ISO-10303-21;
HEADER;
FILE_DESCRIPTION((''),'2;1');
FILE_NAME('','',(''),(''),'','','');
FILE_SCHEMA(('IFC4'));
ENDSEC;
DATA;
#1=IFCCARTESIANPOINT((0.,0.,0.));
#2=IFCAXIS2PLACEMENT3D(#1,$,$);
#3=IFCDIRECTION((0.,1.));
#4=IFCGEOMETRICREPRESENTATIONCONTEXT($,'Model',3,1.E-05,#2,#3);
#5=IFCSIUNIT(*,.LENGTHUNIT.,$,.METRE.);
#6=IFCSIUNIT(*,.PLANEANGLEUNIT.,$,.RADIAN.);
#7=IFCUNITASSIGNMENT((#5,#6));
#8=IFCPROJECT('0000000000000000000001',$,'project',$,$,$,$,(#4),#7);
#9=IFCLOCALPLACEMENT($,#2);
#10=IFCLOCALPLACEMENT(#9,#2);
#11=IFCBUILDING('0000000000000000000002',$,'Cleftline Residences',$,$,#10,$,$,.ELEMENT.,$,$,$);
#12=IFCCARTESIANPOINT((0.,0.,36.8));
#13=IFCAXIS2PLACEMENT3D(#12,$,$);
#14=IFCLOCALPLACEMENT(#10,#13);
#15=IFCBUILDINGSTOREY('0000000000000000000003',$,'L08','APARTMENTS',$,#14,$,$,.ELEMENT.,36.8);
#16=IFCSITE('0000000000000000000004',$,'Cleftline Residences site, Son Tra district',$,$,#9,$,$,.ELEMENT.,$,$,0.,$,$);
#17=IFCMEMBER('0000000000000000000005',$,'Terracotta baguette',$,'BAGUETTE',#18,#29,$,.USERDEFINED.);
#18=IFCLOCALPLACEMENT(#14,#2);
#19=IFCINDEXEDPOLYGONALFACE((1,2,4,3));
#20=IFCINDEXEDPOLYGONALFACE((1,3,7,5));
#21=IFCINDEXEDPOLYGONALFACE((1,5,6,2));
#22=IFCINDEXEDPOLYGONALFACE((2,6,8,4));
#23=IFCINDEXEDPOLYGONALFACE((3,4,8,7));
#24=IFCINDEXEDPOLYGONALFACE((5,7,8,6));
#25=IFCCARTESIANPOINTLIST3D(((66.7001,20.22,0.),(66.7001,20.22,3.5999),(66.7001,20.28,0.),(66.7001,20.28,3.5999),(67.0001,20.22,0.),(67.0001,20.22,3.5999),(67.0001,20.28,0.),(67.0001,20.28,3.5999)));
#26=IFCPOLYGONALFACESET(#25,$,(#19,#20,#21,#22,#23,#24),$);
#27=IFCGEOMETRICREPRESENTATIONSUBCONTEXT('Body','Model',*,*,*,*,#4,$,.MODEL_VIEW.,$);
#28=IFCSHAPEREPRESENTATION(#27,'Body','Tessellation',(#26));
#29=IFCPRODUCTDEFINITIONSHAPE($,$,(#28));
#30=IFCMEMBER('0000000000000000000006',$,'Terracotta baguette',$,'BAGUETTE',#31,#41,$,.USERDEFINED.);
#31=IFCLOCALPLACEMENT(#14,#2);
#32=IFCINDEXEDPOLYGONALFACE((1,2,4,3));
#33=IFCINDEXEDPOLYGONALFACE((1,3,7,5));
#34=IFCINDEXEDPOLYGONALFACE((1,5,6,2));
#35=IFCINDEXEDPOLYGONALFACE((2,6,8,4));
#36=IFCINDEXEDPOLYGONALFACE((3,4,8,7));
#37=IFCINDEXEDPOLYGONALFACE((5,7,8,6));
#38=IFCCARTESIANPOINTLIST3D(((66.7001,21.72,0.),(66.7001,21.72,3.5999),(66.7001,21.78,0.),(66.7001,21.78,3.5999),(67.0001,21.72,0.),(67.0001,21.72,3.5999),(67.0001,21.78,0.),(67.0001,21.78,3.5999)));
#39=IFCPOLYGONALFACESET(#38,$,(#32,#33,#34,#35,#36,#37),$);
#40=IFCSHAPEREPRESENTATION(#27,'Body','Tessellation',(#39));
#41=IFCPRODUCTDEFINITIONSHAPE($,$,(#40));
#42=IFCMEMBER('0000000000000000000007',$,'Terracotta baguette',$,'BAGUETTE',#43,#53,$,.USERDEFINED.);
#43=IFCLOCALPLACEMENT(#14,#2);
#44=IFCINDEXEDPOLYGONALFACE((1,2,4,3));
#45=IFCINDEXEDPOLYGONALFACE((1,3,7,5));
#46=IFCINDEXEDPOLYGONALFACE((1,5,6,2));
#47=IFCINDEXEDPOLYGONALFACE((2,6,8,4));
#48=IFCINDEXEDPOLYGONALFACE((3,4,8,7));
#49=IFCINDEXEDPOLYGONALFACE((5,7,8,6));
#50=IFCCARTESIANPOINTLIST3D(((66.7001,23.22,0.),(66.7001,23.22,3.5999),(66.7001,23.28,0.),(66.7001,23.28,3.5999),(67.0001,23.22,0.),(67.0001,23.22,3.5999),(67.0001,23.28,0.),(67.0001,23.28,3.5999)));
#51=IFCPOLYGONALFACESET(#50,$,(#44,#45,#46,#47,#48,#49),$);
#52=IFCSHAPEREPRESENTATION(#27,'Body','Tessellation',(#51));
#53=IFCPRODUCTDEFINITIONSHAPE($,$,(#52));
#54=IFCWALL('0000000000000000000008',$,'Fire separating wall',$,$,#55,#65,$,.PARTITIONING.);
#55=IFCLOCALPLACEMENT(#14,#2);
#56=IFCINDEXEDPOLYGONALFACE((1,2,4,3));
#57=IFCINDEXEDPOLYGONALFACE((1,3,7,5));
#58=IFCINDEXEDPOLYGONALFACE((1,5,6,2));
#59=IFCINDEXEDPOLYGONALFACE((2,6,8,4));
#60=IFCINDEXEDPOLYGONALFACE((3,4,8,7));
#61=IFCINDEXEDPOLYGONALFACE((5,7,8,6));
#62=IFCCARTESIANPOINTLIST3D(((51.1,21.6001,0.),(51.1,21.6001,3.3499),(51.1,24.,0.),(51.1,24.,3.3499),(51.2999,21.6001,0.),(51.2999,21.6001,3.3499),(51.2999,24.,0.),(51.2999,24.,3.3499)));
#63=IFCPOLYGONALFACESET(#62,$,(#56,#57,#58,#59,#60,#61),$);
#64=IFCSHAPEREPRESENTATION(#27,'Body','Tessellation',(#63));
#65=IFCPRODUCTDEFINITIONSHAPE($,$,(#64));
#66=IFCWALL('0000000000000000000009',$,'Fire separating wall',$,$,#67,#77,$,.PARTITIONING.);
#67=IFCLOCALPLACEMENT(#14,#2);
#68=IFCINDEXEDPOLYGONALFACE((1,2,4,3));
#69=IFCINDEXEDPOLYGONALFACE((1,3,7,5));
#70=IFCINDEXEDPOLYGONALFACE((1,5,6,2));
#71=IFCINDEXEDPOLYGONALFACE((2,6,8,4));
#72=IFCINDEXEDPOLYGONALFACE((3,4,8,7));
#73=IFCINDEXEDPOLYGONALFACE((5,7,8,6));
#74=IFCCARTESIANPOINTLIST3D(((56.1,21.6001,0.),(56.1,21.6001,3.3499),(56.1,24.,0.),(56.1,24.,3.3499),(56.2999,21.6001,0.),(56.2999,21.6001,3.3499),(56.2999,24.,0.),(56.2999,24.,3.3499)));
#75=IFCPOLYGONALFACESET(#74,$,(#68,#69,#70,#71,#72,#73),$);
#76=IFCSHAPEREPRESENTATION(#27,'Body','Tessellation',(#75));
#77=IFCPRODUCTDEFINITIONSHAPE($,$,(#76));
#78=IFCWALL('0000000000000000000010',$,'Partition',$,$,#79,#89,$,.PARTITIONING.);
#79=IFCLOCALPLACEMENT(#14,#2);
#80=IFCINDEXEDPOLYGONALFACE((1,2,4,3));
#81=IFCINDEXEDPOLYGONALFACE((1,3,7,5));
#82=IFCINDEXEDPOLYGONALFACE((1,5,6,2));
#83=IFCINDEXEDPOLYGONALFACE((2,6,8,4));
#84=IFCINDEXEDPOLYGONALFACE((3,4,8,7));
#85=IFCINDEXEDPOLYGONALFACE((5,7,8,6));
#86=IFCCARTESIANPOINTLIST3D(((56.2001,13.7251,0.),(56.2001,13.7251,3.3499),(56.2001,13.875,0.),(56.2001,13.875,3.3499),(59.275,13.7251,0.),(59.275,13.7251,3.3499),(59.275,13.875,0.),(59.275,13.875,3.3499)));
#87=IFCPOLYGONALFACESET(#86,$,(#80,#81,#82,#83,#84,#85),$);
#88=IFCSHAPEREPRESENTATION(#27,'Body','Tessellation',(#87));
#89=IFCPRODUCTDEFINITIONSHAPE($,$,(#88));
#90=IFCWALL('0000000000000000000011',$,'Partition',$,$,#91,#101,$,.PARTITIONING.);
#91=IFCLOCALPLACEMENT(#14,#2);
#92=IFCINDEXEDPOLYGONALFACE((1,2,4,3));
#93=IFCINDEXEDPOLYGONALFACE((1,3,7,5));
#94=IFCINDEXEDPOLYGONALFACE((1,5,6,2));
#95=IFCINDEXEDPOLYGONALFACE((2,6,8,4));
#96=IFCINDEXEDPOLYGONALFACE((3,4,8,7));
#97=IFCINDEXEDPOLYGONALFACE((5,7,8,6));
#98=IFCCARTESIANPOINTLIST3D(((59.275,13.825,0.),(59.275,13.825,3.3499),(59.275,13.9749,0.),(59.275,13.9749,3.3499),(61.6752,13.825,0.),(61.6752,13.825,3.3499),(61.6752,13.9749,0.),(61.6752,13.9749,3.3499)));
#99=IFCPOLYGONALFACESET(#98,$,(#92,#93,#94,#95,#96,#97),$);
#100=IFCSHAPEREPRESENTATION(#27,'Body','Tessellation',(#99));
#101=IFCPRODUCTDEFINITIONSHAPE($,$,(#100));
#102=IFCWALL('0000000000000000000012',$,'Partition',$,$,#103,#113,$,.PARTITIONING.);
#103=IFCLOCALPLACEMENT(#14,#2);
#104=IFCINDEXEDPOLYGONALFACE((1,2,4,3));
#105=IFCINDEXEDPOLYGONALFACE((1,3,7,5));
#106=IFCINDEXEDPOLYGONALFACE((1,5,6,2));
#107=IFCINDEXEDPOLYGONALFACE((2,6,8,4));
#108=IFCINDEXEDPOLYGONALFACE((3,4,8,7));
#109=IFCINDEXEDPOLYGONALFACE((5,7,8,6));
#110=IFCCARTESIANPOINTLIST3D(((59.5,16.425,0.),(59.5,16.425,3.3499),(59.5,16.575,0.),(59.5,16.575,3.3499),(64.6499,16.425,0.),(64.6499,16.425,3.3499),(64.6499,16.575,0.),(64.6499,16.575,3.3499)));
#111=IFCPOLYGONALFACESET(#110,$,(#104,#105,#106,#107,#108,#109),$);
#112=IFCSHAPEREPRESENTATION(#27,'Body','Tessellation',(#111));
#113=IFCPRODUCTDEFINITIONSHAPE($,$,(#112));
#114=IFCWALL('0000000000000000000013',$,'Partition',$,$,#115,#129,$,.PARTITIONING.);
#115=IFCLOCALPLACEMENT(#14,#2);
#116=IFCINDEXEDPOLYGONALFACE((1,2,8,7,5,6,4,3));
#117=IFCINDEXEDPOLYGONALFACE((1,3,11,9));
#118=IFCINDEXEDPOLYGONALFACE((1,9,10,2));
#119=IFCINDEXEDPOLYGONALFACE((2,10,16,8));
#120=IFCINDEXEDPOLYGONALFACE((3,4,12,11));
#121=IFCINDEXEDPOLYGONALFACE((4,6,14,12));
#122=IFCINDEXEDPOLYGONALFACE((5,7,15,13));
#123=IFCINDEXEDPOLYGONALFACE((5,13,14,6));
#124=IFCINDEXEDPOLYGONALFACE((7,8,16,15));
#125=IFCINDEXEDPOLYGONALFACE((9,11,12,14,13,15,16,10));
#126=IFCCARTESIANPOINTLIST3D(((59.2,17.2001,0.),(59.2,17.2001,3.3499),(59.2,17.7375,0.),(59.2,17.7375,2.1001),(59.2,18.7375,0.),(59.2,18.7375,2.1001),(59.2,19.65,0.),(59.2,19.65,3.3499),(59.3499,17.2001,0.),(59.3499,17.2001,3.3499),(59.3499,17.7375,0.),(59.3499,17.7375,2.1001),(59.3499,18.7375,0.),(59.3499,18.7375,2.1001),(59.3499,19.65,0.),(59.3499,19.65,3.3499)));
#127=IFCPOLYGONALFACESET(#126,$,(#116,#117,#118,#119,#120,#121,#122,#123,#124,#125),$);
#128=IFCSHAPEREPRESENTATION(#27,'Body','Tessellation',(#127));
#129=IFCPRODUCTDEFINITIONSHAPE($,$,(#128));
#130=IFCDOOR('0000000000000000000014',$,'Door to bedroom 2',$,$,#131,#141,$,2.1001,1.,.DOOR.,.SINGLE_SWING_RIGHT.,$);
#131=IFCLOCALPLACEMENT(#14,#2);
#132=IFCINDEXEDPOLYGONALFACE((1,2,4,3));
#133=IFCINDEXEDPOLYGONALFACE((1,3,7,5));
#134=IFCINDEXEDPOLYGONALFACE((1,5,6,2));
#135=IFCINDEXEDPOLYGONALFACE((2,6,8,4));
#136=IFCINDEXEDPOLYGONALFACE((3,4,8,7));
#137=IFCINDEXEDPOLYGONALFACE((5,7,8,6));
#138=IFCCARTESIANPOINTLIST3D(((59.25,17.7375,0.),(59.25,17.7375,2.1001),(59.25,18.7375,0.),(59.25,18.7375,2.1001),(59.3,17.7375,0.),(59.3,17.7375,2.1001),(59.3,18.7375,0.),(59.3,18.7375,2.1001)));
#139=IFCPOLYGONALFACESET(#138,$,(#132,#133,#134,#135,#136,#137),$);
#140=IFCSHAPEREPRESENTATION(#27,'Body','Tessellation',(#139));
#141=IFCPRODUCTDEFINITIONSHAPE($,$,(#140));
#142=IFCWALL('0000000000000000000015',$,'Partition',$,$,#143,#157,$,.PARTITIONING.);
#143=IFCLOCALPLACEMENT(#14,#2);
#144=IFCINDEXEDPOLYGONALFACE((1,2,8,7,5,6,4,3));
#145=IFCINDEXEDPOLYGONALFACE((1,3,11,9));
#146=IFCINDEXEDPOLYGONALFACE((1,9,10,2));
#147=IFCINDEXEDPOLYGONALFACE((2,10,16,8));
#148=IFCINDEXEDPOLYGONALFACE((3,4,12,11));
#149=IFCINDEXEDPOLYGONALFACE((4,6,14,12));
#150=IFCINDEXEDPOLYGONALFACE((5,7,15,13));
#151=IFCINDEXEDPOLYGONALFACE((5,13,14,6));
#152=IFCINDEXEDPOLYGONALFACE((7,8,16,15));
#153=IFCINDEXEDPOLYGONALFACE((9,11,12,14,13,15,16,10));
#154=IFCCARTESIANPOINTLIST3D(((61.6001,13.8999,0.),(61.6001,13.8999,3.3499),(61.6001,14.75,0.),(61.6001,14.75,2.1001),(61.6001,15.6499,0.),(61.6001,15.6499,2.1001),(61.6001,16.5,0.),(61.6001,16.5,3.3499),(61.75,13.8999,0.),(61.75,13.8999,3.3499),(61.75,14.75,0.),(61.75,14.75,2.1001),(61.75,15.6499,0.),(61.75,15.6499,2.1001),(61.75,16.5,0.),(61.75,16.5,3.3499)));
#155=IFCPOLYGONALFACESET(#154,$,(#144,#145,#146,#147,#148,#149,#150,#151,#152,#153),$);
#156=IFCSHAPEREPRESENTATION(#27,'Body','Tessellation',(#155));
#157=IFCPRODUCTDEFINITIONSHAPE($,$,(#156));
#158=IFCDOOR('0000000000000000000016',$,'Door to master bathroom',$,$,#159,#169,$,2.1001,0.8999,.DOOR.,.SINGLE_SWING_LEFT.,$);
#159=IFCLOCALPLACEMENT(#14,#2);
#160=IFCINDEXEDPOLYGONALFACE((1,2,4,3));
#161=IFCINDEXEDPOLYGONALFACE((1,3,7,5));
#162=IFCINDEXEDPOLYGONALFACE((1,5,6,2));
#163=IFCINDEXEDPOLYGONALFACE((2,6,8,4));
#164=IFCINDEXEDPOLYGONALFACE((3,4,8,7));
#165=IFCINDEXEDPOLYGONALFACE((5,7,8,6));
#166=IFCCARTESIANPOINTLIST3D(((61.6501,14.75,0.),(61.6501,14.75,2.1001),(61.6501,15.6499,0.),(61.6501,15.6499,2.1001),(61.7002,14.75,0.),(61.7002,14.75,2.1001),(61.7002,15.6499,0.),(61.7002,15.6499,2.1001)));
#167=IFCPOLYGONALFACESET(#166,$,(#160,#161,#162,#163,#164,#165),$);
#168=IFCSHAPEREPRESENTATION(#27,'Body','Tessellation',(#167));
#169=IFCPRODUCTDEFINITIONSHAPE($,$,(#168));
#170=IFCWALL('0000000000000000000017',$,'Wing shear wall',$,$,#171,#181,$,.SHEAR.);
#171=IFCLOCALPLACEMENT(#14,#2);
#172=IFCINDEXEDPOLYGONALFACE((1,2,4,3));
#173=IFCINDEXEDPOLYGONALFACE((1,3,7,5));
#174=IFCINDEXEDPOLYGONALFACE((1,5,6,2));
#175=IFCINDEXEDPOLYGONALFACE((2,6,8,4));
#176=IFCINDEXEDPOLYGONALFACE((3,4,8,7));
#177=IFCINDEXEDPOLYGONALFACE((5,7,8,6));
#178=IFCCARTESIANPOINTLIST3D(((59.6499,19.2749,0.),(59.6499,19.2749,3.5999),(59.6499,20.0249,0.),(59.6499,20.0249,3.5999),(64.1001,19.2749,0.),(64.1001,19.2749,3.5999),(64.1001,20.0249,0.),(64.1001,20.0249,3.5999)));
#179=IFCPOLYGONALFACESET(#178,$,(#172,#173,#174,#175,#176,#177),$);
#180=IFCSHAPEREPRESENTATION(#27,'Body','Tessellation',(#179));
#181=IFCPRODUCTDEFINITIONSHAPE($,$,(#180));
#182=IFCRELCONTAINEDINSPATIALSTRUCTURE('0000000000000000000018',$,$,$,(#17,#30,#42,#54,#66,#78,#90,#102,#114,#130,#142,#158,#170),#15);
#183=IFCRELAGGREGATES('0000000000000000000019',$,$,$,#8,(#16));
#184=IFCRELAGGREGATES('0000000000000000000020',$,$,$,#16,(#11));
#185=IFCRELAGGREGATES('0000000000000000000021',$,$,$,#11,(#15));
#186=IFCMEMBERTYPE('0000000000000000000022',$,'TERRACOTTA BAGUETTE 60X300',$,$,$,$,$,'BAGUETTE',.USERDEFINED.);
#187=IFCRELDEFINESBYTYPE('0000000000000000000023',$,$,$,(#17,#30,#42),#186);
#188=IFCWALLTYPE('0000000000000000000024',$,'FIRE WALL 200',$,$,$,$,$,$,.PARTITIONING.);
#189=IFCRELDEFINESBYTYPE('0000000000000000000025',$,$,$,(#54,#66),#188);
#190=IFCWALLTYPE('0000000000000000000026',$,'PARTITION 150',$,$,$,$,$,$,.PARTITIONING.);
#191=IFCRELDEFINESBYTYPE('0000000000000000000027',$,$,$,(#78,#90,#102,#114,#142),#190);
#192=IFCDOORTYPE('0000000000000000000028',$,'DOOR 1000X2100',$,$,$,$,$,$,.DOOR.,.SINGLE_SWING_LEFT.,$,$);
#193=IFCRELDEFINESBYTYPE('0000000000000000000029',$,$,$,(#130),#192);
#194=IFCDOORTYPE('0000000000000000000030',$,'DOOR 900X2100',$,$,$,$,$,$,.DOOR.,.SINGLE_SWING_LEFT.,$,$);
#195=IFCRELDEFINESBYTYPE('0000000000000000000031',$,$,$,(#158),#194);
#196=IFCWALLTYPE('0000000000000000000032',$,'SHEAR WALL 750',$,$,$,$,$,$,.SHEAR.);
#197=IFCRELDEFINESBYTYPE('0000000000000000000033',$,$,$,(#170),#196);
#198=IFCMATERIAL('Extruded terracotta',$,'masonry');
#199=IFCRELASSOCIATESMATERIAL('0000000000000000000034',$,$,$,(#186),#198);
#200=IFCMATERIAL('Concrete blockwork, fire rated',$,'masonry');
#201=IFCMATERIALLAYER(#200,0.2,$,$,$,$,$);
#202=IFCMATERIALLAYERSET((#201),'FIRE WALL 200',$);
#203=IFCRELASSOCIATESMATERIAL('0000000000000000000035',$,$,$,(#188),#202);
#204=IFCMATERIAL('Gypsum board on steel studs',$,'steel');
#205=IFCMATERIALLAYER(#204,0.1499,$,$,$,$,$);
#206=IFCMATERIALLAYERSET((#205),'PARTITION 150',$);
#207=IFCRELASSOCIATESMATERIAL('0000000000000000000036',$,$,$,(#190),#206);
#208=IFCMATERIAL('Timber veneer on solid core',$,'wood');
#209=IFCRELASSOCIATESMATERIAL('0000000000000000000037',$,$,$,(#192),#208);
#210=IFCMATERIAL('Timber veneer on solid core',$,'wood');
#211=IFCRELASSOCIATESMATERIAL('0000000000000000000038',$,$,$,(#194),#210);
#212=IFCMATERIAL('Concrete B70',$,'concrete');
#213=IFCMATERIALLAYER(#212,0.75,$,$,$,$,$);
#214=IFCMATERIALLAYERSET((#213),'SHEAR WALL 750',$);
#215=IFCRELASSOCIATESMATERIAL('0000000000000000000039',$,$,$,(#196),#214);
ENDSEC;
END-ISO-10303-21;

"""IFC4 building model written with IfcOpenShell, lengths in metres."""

from ifc_helpers import new_model, si_unit, direction, frame, frame_2d, origin, origin_2d, place, context, subcontext, project, spatial, rectangle, extrude, material, layer, layer_set, material_profile, profile_set, type_object, element, fill, save


model = new_model("IFC4")

# Units and contexts
model_context = context("Model", 3, precision=1e-05, world=origin(), true_north=direction((0.0, 1.0)))
body_context = subcontext(model_context, "Body", "Model", "MODEL_VIEW")
ifc_project = project(units=[si_unit("LENGTHUNIT", "METRE"), si_unit("PLANEANGLEUNIT", "RADIAN")], contexts=[model_context])

# Site, building, storey
site_placement = place(None, origin())
site = spatial("IfcSite", under=ifc_project, at=site_placement, Name="Cleftline Residences site, Son Tra district", CompositionType="ELEMENT", RefElevation=0.0)
building_placement = place(site_placement, origin())
building = spatial("IfcBuilding", under=site, at=building_placement, Name="Cleftline Residences", CompositionType="ELEMENT")
storey_placement = place(building_placement, frame((0.0, 0.0, 36.8)))
storey = spatial("IfcBuildingStorey", under=building, at=storey_placement, Name="L08", Description="APARTMENTS", CompositionType="ELEMENT", Elevation=36.8)

# Members
ifc_material_1 = material(Name="Extruded terracotta", Category="masonry")
ifc_material_profile_1 = material_profile(ifc_material_1, rectangle(XDim=0.0601, YDim=0.3, at=origin_2d()))
ifc_profile_set_1 = profile_set([ifc_material_profile_1], Name="Extruded terracotta")
member_type_1 = type_object("IfcMemberType", Name="TERRACOTTA BAGUETTE 60X300", ElementType="BAGUETTE", PredefinedType="USERDEFINED", material=ifc_profile_set_1)
for number, where, z_axis, x_axis, name in (
    (1, (66.8501, 20.25, 0.0), (0.0, 0.0, 1.0), (0.0, 1.0, 0.0), "Terracotta baguette"),
    (2, (66.8501, 21.75, 0.0), (0.0, 0.0, 1.0), (0.0, 1.0, 0.0), "Terracotta baguette"),
    (3, (66.8501, 23.25, 0.0), (0.0, 0.0, 1.0), (0.0, 1.0, 0.0), "Terracotta baguette"),
):
    element("IfcMember", number, at=place(storey_placement, frame(where, z_axis=z_axis, x_axis=x_axis)), inside=storey, type_object=member_type_1, Name=name, ObjectType="BAGUETTE", PredefinedType="USERDEFINED", context=body_context, shape_type="SweptSolid", body=[
        extrude(rectangle(XDim=0.0601, YDim=0.3, at=origin_2d()), origin(), (0.0, 0.0, 1.0), 3.5999),
    ])

# Walls
ifc_material_2 = material(Name="Concrete blockwork, fire rated", Category="masonry")
ifc_layer_1 = layer(ifc_material_2, 0.2)
ifc_layer_set_1 = layer_set([ifc_layer_1], Name="FIRE WALL 200")
wall_type_1 = type_object("IfcWallType", Name="FIRE WALL 200", PredefinedType="PARTITIONING", material=ifc_layer_set_1)
for number, where, z_axis, x_axis, name in (
    (4, (51.2, 21.6001, 0.0), (0.0, 0.0, 1.0), (0.0, 1.0, 0.0), "Fire separating wall"),
    (5, (56.2, 21.6001, 0.0), (0.0, 0.0, 1.0), (0.0, 1.0, 0.0), "Fire separating wall"),
):
    element("IfcWall", number, at=place(storey_placement, frame(where, z_axis=z_axis, x_axis=x_axis)), inside=storey, type_object=wall_type_1, Name=name, PredefinedType="PARTITIONING", context=body_context, shape_type="SweptSolid", body=[
        extrude(rectangle(XDim=2.3999, YDim=0.2, at=frame_2d((1.2, 0.0))), origin(), (0.0, 0.0, 1.0), 3.3499),
    ])
ifc_material_3 = material(Name="Gypsum board on steel studs", Category="steel")
ifc_layer_2 = layer(ifc_material_3, 0.1499)
ifc_layer_set_2 = layer_set([ifc_layer_2], Name="PARTITION 150")
wall_type_2 = type_object("IfcWallType", Name="PARTITION 150", PredefinedType="PARTITIONING", material=ifc_layer_set_2)
wall_1_placement = place(storey_placement, frame((56.2, 13.8, 0.0), z_axis=(0.0, 0.0, 1.0), x_axis=(1.0, 0.0, 0.0)))
element("IfcWall", 6, at=wall_1_placement, inside=storey, type_object=wall_type_2, Name="Partition", PredefinedType="PARTITIONING", context=body_context, shape_type="SweptSolid", body=[
    extrude(rectangle(XDim=3.075, YDim=0.1499, at=frame_2d((1.5376, 0.0))), origin(), (0.0, 0.0, 1.0), 3.3499),
])
wall_2_placement = place(storey_placement, frame((59.2749, 13.8999, 0.0), z_axis=(0.0, 0.0, 1.0), x_axis=(1.0, 0.0, 0.0)))
element("IfcWall", 7, at=wall_2_placement, inside=storey, type_object=wall_type_2, Name="Partition", PredefinedType="PARTITIONING", context=body_context, shape_type="SweptSolid", body=[
    extrude(rectangle(XDim=2.4001, YDim=0.1499, at=frame_2d((1.2002, 0.0))), origin(), (0.0, 0.0, 1.0), 3.3499),
])
wall_3_placement = place(storey_placement, frame((59.5, 16.5, 0.0), z_axis=(0.0, 0.0, 1.0), x_axis=(1.0, 0.0, 0.0)))
element("IfcWall", 8, at=wall_3_placement, inside=storey, type_object=wall_type_2, Name="Partition", PredefinedType="PARTITIONING", context=body_context, shape_type="SweptSolid", body=[
    extrude(rectangle(XDim=5.1499, YDim=0.1499, at=frame_2d((2.575, 0.0))), origin(), (0.0, 0.0, 1.0), 3.3499),
])

# Walls, openings, doors
wall_4_placement = place(storey_placement, frame((59.2749, 17.2, 0.0), z_axis=(0.0, 0.0, 1.0), x_axis=(0.0, 1.0, 0.0)))
wall_4 = element("IfcWall", 9, at=wall_4_placement, inside=storey, type_object=wall_type_2, Name="Partition", PredefinedType="PARTITIONING", context=body_context, shape_type="SweptSolid", body=[
    extrude(rectangle(XDim=2.45, YDim=0.1499, at=frame_2d((1.2251, 0.0))), origin(), (0.0, 0.0, 1.0), 3.3499),
])
opening_1_placement = place(wall_4_placement, frame((0.5376, 0.0, 0.0)))
opening_1 = element("IfcOpeningElement", 10, at=opening_1_placement, cuts=wall_4, PredefinedType="OPENING", context=body_context, shape_type="SweptSolid", body=[
    extrude(rectangle(XDim=1.0, YDim=2.1001, at=frame_2d((0.5, 1.05))), frame((0.0, 0.085, 0.0), z_axis=(0.0, -1.0, 0.0), x_axis=(1.0, 0.0, 0.0)), (0.0, 0.0, 1.0), 0.1699),
])
ifc_material_4 = material(Name="Timber veneer on solid core", Category="wood")
door_type_1 = type_object("IfcDoorType", Name="DOOR 1000X2100", OperationType="SINGLE_SWING_LEFT", PredefinedType="DOOR", material=ifc_material_4)
door_1_placement = place(opening_1_placement, origin())
door_1 = element("IfcDoor", 11, at=door_1_placement, inside=storey, type_object=door_type_1, Name="Door to bedroom 2", OperationType="SINGLE_SWING_RIGHT", OverallHeight=2.1001, OverallWidth=1.0, PredefinedType="DOOR", context=body_context, shape_type="SweptSolid", body=[
    extrude(rectangle(XDim=1.0, YDim=2.1001, at=frame_2d((0.5, 1.05))), frame((0.0, 0.0249, 0.0), z_axis=(0.0, -1.0, 0.0), x_axis=(1.0, 0.0, 0.0)), (0.0, 0.0, 1.0), 0.05),
])
fill(opening_1, door_1)
wall_5_placement = place(storey_placement, frame((61.675, 13.8999, 0.0), z_axis=(0.0, 0.0, 1.0), x_axis=(0.0, 1.0, 0.0)))
wall_5 = element("IfcWall", 12, at=wall_5_placement, inside=storey, type_object=wall_type_2, Name="Partition", PredefinedType="PARTITIONING", context=body_context, shape_type="SweptSolid", body=[
    extrude(rectangle(XDim=2.6001, YDim=0.1499, at=frame_2d((1.3, 0.0))), origin(), (0.0, 0.0, 1.0), 3.3499),
])
opening_2_placement = place(wall_5_placement, frame((0.8501, 0.0, 0.0)))
opening_2 = element("IfcOpeningElement", 13, at=opening_2_placement, cuts=wall_5, PredefinedType="OPENING", context=body_context, shape_type="SweptSolid", body=[
    extrude(rectangle(XDim=0.8999, YDim=2.1001, at=frame_2d((0.45, 1.05))), frame((0.0, 0.085, 0.0), z_axis=(0.0, -1.0, 0.0), x_axis=(1.0, 0.0, 0.0)), (0.0, 0.0, 1.0), 0.1699),
])
ifc_material_5 = material(Name="Timber veneer on solid core", Category="wood")
door_type_2 = type_object("IfcDoorType", Name="DOOR 900X2100", OperationType="SINGLE_SWING_LEFT", PredefinedType="DOOR", material=ifc_material_5)
door_2_placement = place(opening_2_placement, origin())
door_2 = element("IfcDoor", 14, at=door_2_placement, inside=storey, type_object=door_type_2, Name="Door to master bathroom", OperationType="SINGLE_SWING_LEFT", OverallHeight=2.1001, OverallWidth=0.8999, PredefinedType="DOOR", context=body_context, shape_type="SweptSolid", body=[
    extrude(rectangle(XDim=0.8999, YDim=2.1001, at=frame_2d((0.45, 1.05))), frame((0.0, 0.0249, 0.0), z_axis=(0.0, -1.0, 0.0), x_axis=(1.0, 0.0, 0.0)), (0.0, 0.0, 1.0), 0.05),
])
fill(opening_2, door_2)

# Wall
ifc_material_6 = material(Name="Concrete B70", Category="concrete")
ifc_layer_3 = layer(ifc_material_6, 0.75)
ifc_layer_set_3 = layer_set([ifc_layer_3], Name="SHEAR WALL 750")
wall_type_3 = type_object("IfcWallType", Name="SHEAR WALL 750", PredefinedType="SHEAR", material=ifc_layer_set_3)
wall_6_placement = place(storey_placement, frame((59.6499, 19.6499, 0.0), z_axis=(0.0, 0.0, 1.0), x_axis=(1.0, 0.0, 0.0)))
element("IfcWall", 15, at=wall_6_placement, inside=storey, type_object=wall_type_3, Name="Wing shear wall", PredefinedType="SHEAR", context=body_context, shape_type="SweptSolid", body=[
    extrude(rectangle(XDim=4.4502, YDim=0.75, at=frame_2d((2.2251, 0.0))), origin(), (0.0, 0.0, 1.0), 3.5999),
])

save(model, "model.ifc")
